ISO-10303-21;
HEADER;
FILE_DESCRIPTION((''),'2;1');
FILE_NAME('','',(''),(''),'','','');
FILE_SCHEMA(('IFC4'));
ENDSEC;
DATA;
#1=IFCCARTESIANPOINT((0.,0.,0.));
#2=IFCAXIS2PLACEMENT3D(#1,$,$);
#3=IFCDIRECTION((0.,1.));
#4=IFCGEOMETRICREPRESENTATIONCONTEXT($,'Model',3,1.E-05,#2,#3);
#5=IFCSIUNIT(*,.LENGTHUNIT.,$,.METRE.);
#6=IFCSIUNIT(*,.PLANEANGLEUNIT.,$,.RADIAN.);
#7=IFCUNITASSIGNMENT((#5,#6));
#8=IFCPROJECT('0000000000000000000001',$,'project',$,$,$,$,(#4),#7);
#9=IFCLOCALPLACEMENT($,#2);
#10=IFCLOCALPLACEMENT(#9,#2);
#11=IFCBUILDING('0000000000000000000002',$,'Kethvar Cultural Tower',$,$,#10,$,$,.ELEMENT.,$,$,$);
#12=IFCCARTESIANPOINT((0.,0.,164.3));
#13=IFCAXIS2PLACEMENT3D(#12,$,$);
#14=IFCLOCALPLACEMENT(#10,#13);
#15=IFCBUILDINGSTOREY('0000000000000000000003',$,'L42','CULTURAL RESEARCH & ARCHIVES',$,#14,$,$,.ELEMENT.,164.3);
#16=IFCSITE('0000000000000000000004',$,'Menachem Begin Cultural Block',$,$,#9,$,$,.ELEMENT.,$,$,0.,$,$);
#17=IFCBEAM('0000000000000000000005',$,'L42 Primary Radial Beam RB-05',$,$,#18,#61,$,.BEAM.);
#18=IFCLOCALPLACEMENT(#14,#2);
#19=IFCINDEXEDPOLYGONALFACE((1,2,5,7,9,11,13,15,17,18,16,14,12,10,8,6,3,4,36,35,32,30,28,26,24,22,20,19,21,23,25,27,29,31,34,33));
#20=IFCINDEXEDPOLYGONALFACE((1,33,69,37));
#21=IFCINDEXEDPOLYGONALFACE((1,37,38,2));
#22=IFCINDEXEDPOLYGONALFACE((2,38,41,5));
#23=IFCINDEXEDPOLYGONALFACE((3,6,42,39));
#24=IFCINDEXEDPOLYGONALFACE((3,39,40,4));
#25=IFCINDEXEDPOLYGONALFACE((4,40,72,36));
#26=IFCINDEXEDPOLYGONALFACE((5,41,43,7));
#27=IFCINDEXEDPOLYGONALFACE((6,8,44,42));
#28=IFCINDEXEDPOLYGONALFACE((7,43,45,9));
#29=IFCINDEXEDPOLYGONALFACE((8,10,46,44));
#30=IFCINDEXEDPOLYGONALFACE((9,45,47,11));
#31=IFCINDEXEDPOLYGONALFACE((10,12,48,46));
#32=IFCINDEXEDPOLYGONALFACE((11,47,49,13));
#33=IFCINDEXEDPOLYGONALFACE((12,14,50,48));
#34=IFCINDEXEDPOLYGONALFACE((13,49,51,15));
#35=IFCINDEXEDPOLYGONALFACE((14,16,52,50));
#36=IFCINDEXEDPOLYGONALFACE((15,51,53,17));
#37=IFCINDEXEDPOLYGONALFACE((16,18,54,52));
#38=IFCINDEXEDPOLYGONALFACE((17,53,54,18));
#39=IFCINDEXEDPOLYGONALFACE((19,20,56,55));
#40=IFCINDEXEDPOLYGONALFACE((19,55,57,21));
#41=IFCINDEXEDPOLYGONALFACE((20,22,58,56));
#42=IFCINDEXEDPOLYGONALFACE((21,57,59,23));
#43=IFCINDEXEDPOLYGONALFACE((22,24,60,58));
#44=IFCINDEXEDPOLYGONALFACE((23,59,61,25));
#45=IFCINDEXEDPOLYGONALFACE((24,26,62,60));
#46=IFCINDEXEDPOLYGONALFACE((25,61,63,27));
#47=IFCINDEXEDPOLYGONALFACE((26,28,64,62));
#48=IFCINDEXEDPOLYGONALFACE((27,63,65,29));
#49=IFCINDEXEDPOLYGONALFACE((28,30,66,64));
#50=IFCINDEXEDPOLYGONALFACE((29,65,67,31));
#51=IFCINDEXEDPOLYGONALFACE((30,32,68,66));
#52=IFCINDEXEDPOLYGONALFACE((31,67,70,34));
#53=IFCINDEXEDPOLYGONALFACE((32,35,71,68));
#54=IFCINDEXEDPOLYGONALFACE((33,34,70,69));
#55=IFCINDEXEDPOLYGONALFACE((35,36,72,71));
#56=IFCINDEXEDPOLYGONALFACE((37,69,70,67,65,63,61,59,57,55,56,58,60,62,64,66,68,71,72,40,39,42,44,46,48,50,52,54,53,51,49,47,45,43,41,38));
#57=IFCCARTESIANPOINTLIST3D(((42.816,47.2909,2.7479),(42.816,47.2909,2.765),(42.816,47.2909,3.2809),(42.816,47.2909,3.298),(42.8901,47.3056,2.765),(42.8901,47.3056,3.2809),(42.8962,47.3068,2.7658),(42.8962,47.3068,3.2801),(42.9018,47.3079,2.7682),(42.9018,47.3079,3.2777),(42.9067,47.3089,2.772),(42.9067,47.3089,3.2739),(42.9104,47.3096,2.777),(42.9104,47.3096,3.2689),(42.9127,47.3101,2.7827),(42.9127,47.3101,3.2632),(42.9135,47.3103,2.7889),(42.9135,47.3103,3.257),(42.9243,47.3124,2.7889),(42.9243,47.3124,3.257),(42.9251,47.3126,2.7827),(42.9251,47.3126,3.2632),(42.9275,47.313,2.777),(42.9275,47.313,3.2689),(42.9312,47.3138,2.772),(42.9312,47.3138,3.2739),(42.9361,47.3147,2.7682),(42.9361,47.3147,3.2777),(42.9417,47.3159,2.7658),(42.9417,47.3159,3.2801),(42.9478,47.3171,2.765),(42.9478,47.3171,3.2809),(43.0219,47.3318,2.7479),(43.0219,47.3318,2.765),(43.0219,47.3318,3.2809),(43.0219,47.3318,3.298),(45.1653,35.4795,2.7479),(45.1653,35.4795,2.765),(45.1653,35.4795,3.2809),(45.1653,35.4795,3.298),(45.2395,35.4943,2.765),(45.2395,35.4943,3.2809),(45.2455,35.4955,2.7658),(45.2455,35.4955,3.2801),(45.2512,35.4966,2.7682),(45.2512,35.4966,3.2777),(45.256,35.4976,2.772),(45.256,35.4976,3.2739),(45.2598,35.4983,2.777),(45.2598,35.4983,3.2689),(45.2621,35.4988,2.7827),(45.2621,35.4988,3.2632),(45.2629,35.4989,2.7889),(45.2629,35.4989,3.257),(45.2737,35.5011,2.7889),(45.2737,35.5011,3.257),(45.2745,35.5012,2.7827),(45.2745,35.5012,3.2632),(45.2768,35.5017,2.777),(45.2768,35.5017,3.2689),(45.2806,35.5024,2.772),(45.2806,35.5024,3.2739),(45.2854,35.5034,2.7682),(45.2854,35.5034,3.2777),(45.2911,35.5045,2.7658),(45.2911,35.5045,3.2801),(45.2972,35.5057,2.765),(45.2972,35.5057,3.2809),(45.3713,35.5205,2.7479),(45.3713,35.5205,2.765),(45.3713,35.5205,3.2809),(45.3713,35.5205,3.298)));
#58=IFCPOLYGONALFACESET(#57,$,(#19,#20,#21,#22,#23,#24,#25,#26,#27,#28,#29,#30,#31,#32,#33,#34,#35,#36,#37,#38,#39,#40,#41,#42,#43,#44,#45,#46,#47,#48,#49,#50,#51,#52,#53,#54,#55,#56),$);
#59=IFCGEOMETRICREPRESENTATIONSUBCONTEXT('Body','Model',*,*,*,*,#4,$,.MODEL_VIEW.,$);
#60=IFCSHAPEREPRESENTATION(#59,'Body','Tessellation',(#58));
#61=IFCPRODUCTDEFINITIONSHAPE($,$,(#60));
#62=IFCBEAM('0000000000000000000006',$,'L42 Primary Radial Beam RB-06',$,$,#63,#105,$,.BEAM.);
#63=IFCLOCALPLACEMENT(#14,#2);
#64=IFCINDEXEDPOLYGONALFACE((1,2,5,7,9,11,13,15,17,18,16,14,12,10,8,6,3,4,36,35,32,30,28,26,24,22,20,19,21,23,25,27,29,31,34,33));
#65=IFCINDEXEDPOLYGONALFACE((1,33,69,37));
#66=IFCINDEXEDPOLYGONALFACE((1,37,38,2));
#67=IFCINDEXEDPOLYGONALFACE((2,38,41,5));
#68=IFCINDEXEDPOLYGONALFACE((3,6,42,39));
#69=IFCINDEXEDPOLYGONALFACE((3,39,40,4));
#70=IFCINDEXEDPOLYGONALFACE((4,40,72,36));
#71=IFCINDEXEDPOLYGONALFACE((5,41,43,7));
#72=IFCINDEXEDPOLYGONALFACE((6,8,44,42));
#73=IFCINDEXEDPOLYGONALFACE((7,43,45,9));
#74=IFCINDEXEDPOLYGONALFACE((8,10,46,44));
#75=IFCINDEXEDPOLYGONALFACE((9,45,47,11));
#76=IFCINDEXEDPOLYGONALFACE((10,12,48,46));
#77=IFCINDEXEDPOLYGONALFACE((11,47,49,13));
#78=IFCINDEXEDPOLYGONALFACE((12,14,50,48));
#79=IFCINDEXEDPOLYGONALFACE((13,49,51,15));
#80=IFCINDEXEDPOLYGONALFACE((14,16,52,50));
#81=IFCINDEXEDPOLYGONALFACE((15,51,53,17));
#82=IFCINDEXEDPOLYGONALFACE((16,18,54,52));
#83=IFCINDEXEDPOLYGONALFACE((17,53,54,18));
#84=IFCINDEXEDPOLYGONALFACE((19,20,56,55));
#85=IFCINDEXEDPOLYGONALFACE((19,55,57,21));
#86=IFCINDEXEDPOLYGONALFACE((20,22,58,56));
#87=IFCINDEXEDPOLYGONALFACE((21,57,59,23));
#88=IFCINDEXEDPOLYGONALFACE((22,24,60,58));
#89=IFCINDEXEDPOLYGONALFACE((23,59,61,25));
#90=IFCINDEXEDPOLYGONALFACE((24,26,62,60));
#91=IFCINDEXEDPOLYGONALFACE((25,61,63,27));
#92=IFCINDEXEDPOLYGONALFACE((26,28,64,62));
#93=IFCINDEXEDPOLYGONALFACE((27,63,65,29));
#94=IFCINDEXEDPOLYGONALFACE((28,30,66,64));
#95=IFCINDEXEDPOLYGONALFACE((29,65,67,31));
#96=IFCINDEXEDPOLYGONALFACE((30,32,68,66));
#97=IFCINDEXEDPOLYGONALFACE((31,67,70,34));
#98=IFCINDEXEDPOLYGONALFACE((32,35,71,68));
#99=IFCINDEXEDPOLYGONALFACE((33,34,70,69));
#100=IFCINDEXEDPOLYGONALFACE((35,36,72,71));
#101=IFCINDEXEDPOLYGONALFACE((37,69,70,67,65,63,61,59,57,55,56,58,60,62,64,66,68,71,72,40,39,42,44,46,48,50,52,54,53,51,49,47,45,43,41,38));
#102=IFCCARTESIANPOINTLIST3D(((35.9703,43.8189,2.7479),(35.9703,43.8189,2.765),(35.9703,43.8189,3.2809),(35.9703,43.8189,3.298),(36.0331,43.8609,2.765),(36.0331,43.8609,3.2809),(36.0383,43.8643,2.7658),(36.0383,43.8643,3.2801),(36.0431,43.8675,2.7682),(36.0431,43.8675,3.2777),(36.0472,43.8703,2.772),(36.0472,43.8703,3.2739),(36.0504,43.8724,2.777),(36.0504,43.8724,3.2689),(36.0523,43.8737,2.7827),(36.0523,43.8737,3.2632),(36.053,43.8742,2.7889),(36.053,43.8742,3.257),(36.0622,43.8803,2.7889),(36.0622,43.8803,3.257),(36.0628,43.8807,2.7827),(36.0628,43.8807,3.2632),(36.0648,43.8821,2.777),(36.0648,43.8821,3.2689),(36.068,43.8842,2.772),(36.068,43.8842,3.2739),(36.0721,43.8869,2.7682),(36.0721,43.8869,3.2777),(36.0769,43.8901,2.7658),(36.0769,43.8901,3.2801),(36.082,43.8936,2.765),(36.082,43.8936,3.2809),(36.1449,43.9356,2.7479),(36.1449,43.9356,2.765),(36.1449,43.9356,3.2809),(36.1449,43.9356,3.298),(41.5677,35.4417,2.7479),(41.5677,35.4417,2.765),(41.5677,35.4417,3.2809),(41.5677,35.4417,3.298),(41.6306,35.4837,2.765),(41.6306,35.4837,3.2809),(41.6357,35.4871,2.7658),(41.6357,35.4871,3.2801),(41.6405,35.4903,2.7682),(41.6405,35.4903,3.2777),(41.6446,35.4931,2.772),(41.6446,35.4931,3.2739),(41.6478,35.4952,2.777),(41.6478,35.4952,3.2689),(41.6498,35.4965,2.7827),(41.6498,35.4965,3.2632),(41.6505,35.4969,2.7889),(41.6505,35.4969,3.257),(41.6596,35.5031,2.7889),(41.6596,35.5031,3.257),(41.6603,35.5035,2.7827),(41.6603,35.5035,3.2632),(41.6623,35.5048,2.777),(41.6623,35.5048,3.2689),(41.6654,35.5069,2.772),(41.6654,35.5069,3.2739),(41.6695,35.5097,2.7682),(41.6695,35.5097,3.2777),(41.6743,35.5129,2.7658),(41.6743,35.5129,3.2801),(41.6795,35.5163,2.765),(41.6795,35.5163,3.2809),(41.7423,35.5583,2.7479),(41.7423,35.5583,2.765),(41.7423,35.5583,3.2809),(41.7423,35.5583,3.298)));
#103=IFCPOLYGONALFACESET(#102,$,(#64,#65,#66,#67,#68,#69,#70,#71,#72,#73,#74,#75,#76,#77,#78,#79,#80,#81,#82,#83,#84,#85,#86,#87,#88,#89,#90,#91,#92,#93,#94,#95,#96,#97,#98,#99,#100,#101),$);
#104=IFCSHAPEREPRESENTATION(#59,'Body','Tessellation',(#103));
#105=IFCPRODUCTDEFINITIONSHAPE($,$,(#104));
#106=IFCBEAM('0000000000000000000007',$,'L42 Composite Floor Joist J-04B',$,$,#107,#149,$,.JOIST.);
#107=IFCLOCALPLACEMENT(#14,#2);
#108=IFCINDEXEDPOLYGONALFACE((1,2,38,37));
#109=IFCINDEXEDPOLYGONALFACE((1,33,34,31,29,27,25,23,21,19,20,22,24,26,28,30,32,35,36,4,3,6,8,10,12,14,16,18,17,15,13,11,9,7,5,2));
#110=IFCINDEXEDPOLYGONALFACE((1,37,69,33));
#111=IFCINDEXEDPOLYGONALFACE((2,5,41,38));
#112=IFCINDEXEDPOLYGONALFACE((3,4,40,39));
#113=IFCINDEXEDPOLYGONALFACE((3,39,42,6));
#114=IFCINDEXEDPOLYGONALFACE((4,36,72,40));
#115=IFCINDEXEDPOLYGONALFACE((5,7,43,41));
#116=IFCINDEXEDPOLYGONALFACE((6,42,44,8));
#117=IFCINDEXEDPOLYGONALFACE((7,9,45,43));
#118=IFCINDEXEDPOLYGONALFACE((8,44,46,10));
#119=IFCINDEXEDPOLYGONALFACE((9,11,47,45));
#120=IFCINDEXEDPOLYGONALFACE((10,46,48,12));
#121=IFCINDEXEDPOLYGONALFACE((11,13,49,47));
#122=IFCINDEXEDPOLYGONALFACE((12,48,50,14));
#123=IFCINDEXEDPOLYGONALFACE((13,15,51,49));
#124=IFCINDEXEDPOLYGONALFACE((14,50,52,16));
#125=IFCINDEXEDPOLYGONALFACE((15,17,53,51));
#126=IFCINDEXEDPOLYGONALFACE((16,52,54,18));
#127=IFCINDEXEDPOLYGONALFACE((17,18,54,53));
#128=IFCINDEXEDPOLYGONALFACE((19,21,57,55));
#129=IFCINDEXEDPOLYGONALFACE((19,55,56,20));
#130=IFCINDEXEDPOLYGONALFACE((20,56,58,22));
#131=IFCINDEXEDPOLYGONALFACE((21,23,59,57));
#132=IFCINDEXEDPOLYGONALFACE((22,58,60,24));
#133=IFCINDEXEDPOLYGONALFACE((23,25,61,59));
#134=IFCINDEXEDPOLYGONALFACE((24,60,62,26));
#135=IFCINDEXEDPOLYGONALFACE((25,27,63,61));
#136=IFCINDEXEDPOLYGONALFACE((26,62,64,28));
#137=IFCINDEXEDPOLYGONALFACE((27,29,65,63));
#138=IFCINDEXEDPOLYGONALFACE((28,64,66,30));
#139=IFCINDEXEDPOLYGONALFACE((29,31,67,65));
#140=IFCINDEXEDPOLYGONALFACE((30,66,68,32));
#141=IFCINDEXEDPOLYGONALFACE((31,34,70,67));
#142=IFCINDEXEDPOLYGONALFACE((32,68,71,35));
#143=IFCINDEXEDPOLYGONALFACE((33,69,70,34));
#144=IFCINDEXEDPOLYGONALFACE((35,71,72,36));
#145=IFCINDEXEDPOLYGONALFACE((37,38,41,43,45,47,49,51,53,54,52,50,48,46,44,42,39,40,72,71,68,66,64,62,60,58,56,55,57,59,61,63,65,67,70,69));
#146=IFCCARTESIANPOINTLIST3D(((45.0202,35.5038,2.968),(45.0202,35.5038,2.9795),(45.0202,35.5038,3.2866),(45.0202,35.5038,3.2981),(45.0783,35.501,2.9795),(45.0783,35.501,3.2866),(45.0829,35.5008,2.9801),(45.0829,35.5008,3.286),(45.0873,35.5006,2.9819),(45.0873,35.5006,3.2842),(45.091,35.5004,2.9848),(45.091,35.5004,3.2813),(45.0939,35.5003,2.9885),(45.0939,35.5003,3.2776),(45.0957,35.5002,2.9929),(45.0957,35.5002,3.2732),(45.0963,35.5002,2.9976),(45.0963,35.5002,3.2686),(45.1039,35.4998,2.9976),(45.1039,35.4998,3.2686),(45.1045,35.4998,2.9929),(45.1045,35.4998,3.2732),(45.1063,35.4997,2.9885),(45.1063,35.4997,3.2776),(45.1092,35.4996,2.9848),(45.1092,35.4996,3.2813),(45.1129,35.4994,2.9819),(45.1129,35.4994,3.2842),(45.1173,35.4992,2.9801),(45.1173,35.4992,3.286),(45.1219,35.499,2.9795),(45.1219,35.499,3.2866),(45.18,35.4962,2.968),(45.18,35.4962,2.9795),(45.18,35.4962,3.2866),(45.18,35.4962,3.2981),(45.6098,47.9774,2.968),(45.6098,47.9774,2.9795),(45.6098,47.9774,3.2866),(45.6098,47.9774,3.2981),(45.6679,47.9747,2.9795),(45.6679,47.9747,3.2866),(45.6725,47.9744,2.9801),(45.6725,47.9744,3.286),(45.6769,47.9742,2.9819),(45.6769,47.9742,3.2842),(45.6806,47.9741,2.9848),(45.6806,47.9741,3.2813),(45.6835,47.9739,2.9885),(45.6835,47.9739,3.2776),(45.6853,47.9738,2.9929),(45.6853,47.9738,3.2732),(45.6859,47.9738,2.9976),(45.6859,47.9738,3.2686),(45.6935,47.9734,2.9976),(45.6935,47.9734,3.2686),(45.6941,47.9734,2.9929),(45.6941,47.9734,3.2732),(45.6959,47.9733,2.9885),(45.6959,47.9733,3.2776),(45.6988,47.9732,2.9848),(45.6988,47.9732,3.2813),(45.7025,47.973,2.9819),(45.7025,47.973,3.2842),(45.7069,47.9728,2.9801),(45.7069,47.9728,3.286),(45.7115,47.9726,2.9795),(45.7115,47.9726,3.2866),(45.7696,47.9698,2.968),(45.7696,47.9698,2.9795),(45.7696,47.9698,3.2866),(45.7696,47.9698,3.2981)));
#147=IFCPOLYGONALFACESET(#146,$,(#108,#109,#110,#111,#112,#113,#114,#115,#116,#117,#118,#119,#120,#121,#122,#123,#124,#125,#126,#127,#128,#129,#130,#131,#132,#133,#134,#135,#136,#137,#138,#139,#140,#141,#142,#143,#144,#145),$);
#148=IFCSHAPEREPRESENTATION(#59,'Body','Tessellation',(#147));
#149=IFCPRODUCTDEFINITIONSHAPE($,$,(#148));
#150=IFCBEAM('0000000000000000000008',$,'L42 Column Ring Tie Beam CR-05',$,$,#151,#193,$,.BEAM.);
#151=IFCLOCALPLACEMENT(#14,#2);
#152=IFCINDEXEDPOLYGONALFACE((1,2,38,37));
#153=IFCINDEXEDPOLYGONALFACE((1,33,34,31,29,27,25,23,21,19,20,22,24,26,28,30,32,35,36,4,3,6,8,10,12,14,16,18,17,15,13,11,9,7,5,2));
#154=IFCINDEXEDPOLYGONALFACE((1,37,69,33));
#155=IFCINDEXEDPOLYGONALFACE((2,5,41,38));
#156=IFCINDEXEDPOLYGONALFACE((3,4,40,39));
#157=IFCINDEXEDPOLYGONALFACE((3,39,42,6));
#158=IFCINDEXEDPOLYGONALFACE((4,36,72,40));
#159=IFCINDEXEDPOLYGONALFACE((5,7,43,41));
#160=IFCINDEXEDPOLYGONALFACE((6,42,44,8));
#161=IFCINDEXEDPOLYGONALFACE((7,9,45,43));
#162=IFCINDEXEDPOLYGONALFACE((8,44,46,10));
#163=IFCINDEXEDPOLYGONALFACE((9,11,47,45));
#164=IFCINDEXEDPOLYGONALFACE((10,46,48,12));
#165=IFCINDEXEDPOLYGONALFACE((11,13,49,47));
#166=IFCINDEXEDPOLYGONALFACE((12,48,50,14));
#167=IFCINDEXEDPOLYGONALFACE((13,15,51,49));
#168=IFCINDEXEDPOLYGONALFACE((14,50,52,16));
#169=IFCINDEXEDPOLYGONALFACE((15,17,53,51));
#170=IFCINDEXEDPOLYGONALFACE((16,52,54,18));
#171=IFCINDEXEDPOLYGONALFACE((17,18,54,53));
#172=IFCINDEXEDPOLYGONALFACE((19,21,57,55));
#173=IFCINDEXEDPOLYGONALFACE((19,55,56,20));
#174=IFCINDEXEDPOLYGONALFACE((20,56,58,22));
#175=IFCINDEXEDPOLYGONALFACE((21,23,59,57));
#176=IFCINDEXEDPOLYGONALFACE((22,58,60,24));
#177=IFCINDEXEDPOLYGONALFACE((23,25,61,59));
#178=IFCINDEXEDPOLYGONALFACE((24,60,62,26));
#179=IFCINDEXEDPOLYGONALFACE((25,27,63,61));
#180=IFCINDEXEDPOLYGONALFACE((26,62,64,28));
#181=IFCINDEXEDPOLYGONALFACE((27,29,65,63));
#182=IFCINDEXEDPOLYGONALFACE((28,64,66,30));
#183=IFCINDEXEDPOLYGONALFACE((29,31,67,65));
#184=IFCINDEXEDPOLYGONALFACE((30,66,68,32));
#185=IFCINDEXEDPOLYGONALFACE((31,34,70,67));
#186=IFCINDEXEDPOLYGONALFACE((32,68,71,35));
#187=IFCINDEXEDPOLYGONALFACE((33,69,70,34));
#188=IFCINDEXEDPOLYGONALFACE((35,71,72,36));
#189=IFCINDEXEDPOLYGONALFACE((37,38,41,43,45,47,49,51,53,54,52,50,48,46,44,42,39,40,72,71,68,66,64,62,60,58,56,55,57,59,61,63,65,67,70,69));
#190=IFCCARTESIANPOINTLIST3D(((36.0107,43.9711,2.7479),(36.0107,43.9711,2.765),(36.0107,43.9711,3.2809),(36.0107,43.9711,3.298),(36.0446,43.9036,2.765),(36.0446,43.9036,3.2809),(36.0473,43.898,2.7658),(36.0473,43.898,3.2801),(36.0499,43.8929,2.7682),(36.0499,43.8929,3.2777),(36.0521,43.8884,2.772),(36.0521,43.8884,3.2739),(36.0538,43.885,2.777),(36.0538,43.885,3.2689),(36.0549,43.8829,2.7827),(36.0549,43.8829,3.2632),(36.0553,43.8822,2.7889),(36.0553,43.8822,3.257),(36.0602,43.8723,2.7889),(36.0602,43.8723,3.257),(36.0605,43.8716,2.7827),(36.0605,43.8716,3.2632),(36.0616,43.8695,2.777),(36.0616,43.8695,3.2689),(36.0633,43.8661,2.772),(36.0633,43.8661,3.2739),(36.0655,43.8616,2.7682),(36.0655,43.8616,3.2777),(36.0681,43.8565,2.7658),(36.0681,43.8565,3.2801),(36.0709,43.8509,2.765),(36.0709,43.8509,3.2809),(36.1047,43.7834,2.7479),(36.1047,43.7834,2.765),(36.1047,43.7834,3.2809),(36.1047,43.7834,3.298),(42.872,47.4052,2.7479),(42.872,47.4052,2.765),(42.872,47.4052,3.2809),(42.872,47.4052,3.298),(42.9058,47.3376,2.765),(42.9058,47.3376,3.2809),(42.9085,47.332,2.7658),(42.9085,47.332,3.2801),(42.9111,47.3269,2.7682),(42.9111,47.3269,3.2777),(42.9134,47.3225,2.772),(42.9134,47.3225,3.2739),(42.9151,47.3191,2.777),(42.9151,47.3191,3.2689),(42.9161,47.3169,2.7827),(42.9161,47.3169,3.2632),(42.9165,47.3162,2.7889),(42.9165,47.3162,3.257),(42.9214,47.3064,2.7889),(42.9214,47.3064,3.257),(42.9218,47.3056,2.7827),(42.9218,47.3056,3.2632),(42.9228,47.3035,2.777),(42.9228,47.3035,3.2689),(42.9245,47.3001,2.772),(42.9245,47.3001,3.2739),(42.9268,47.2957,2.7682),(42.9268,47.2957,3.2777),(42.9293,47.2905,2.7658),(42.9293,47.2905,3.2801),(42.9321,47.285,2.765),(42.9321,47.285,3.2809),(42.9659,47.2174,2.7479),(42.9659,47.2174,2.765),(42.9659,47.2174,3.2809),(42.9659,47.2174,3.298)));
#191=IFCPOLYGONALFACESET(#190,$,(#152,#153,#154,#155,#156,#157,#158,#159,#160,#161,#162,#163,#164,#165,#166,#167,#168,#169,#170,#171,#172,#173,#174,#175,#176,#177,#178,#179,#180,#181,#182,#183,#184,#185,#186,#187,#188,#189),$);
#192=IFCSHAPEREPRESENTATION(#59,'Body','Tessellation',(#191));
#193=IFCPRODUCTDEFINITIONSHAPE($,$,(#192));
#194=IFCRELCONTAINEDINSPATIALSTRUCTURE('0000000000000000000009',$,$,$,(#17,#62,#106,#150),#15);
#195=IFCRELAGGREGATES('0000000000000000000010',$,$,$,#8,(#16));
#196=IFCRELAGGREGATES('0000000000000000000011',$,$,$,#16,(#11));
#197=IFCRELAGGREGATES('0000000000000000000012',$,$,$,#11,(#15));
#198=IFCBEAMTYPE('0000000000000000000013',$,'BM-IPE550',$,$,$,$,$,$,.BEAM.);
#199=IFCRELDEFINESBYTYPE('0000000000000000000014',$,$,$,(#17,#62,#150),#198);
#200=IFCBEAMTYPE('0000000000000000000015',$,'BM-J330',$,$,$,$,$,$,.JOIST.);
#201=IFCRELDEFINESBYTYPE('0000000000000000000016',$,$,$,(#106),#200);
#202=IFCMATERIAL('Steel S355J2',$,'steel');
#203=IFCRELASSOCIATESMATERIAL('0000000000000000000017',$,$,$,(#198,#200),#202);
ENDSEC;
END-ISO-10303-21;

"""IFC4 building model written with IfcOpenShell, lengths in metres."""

from ifc_helpers import new_model, si_unit, direction, frame, origin, origin_2d, place, context, subcontext, project, spatial, i_section, extrude, source, transform, mapped, material, material_profile, profile_set, type_object, element, save


model = new_model("IFC4")

# Units and contexts
model_context = context("Model", 3, precision=1e-05, world=origin(), true_north=direction((0.0, 1.0)))
body_context = subcontext(model_context, "Body", "Model", "MODEL_VIEW")
ifc_project = project(units=[si_unit("LENGTHUNIT", "METRE"), si_unit("PLANEANGLEUNIT", "RADIAN")], contexts=[model_context])

# Site, building, storey
site_placement = place(None, origin())
site = spatial("IfcSite", under=ifc_project, at=site_placement, Name="Menachem Begin Cultural Block", CompositionType="ELEMENT", RefElevation=0.0)
building_placement = place(site_placement, origin())
building = spatial("IfcBuilding", under=site, at=building_placement, Name="Kethvar Cultural Tower", CompositionType="ELEMENT")
storey_placement = place(building_placement, frame((0.0, 0.0, 164.3)))
storey = spatial("IfcBuildingStorey", under=building, at=storey_placement, Name="L42", Description="CULTURAL RESEARCH & ARCHIVES", CompositionType="ELEMENT", Elevation=164.3)

# Beams
ifc_material_1 = material(Name="Steel S355J2", Category="steel")
ifc_material_profile_1 = material_profile(ifc_material_1, i_section(OverallWidth=0.21, OverallDepth=0.55, WebThickness=0.011, FlangeThickness=0.0171, FilletRadius=0.0239, at=origin_2d()), Name="Steel S355J2 — IPE550")
ifc_profile_set_1 = profile_set([ifc_material_profile_1], Name="Steel S355J2 — IPE550")
beam_type_1 = type_object("IfcBeamType", Name="BM-IPE550", PredefinedType="BEAM", material=ifc_profile_set_1)
shared_shape_1 = source(origin(), body_context, "Body", "SweptSolid", [
    extrude(i_section(OverallWidth=0.21, OverallDepth=0.55, WebThickness=0.011, FlangeThickness=0.0171, FilletRadius=0.0239, at=origin_2d()), origin(), (0.0, 0.0, 1.0), 12.0427),
])
beam_1_placement = place(storey_placement, frame((45.2683, 35.5, 3.0229), z_axis=(-0.195087, 0.980786, 0.0), x_axis=(-0.980786, -0.195087, 0.0)))
element("IfcBeam", 1, at=beam_1_placement, inside=storey, type_object=beam_type_1, Name="L42 Primary Radial Beam RB-05", PredefinedType="BEAM", context=body_context, shape_type="MappedRepresentation", body=[
    mapped(shared_shape_1, transform((0.0, 0.0, 0.0), scale=1.0)),
])
shared_shape_2 = source(origin(), body_context, "Body", "SweptSolid", [
    extrude(i_section(OverallWidth=0.21, OverallDepth=0.55, WebThickness=0.011, FlangeThickness=0.0171, FilletRadius=0.0239, at=origin_2d()), origin(), (0.0, 0.0, 1.0), 10.0752),
])
beam_2_placement = place(storey_placement, frame((41.655, 35.5, 3.0229), z_axis=(-0.555567, 0.831472, 0.0), x_axis=(-0.831472, -0.555567, 0.0)))
element("IfcBeam", 2, at=beam_2_placement, inside=storey, type_object=beam_type_1, Name="L42 Primary Radial Beam RB-06", PredefinedType="BEAM", context=body_context, shape_type="MappedRepresentation", body=[
    mapped(shared_shape_2, transform((0.0, 0.0, 0.0), scale=1.0)),
])
ifc_material_profile_2 = material_profile(ifc_material_1, i_section(OverallWidth=0.1599, OverallDepth=0.3301, WebThickness=0.0076, FlangeThickness=0.0115, FilletRadius=0.0181, at=origin_2d()), Name="Steel S355J2 — IPE330")
ifc_profile_set_2 = profile_set([ifc_material_profile_2], Name="Steel S355J2 — IPE330")
beam_type_2 = type_object("IfcBeamType", Name="BM-J330", PredefinedType="JOIST", material=ifc_profile_set_2)
shared_shape_3 = source(origin(), body_context, "Body", "SweptSolid", [
    extrude(i_section(OverallWidth=0.1599, OverallDepth=0.3301, WebThickness=0.0076, FlangeThickness=0.0115, FilletRadius=0.0181, at=origin_2d()), origin(), (0.0, 0.0, 1.0), 12.4875),
])
beam_3_placement = place(storey_placement, frame((45.1001, 35.5, 3.1331), z_axis=(0.047215, 0.998885, 0.0), x_axis=(-0.998885, 0.047215, 0.0)))
element("IfcBeam", 3, at=beam_3_placement, inside=storey, type_object=beam_type_2, Name="L42 Composite Floor Joist J-04B", PredefinedType="JOIST", context=body_context, shape_type="MappedRepresentation", body=[
    mapped(shared_shape_3, transform((0.0, 0.0, 0.0), scale=1.0)),
])
shared_shape_4 = source(origin(), body_context, "Body", "SweptSolid", [
    extrude(i_section(OverallWidth=0.21, OverallDepth=0.55, WebThickness=0.011, FlangeThickness=0.0171, FilletRadius=0.0239, at=origin_2d()), origin(), (0.0, 0.0, 1.0), 7.6726),
])
beam_4_placement = place(storey_placement, frame((42.9189, 47.3113, 3.0229), z_axis=(-0.894249, -0.44757, 0.0), x_axis=(0.44757, -0.894249, 0.0)))
element("IfcBeam", 4, at=beam_4_placement, inside=storey, type_object=beam_type_1, Name="L42 Column Ring Tie Beam CR-05", PredefinedType="BEAM", context=body_context, shape_type="MappedRepresentation", body=[
    mapped(shared_shape_4, transform((0.0, 0.0, 0.0), scale=1.0)),
])

save(model, "model.ifc")
